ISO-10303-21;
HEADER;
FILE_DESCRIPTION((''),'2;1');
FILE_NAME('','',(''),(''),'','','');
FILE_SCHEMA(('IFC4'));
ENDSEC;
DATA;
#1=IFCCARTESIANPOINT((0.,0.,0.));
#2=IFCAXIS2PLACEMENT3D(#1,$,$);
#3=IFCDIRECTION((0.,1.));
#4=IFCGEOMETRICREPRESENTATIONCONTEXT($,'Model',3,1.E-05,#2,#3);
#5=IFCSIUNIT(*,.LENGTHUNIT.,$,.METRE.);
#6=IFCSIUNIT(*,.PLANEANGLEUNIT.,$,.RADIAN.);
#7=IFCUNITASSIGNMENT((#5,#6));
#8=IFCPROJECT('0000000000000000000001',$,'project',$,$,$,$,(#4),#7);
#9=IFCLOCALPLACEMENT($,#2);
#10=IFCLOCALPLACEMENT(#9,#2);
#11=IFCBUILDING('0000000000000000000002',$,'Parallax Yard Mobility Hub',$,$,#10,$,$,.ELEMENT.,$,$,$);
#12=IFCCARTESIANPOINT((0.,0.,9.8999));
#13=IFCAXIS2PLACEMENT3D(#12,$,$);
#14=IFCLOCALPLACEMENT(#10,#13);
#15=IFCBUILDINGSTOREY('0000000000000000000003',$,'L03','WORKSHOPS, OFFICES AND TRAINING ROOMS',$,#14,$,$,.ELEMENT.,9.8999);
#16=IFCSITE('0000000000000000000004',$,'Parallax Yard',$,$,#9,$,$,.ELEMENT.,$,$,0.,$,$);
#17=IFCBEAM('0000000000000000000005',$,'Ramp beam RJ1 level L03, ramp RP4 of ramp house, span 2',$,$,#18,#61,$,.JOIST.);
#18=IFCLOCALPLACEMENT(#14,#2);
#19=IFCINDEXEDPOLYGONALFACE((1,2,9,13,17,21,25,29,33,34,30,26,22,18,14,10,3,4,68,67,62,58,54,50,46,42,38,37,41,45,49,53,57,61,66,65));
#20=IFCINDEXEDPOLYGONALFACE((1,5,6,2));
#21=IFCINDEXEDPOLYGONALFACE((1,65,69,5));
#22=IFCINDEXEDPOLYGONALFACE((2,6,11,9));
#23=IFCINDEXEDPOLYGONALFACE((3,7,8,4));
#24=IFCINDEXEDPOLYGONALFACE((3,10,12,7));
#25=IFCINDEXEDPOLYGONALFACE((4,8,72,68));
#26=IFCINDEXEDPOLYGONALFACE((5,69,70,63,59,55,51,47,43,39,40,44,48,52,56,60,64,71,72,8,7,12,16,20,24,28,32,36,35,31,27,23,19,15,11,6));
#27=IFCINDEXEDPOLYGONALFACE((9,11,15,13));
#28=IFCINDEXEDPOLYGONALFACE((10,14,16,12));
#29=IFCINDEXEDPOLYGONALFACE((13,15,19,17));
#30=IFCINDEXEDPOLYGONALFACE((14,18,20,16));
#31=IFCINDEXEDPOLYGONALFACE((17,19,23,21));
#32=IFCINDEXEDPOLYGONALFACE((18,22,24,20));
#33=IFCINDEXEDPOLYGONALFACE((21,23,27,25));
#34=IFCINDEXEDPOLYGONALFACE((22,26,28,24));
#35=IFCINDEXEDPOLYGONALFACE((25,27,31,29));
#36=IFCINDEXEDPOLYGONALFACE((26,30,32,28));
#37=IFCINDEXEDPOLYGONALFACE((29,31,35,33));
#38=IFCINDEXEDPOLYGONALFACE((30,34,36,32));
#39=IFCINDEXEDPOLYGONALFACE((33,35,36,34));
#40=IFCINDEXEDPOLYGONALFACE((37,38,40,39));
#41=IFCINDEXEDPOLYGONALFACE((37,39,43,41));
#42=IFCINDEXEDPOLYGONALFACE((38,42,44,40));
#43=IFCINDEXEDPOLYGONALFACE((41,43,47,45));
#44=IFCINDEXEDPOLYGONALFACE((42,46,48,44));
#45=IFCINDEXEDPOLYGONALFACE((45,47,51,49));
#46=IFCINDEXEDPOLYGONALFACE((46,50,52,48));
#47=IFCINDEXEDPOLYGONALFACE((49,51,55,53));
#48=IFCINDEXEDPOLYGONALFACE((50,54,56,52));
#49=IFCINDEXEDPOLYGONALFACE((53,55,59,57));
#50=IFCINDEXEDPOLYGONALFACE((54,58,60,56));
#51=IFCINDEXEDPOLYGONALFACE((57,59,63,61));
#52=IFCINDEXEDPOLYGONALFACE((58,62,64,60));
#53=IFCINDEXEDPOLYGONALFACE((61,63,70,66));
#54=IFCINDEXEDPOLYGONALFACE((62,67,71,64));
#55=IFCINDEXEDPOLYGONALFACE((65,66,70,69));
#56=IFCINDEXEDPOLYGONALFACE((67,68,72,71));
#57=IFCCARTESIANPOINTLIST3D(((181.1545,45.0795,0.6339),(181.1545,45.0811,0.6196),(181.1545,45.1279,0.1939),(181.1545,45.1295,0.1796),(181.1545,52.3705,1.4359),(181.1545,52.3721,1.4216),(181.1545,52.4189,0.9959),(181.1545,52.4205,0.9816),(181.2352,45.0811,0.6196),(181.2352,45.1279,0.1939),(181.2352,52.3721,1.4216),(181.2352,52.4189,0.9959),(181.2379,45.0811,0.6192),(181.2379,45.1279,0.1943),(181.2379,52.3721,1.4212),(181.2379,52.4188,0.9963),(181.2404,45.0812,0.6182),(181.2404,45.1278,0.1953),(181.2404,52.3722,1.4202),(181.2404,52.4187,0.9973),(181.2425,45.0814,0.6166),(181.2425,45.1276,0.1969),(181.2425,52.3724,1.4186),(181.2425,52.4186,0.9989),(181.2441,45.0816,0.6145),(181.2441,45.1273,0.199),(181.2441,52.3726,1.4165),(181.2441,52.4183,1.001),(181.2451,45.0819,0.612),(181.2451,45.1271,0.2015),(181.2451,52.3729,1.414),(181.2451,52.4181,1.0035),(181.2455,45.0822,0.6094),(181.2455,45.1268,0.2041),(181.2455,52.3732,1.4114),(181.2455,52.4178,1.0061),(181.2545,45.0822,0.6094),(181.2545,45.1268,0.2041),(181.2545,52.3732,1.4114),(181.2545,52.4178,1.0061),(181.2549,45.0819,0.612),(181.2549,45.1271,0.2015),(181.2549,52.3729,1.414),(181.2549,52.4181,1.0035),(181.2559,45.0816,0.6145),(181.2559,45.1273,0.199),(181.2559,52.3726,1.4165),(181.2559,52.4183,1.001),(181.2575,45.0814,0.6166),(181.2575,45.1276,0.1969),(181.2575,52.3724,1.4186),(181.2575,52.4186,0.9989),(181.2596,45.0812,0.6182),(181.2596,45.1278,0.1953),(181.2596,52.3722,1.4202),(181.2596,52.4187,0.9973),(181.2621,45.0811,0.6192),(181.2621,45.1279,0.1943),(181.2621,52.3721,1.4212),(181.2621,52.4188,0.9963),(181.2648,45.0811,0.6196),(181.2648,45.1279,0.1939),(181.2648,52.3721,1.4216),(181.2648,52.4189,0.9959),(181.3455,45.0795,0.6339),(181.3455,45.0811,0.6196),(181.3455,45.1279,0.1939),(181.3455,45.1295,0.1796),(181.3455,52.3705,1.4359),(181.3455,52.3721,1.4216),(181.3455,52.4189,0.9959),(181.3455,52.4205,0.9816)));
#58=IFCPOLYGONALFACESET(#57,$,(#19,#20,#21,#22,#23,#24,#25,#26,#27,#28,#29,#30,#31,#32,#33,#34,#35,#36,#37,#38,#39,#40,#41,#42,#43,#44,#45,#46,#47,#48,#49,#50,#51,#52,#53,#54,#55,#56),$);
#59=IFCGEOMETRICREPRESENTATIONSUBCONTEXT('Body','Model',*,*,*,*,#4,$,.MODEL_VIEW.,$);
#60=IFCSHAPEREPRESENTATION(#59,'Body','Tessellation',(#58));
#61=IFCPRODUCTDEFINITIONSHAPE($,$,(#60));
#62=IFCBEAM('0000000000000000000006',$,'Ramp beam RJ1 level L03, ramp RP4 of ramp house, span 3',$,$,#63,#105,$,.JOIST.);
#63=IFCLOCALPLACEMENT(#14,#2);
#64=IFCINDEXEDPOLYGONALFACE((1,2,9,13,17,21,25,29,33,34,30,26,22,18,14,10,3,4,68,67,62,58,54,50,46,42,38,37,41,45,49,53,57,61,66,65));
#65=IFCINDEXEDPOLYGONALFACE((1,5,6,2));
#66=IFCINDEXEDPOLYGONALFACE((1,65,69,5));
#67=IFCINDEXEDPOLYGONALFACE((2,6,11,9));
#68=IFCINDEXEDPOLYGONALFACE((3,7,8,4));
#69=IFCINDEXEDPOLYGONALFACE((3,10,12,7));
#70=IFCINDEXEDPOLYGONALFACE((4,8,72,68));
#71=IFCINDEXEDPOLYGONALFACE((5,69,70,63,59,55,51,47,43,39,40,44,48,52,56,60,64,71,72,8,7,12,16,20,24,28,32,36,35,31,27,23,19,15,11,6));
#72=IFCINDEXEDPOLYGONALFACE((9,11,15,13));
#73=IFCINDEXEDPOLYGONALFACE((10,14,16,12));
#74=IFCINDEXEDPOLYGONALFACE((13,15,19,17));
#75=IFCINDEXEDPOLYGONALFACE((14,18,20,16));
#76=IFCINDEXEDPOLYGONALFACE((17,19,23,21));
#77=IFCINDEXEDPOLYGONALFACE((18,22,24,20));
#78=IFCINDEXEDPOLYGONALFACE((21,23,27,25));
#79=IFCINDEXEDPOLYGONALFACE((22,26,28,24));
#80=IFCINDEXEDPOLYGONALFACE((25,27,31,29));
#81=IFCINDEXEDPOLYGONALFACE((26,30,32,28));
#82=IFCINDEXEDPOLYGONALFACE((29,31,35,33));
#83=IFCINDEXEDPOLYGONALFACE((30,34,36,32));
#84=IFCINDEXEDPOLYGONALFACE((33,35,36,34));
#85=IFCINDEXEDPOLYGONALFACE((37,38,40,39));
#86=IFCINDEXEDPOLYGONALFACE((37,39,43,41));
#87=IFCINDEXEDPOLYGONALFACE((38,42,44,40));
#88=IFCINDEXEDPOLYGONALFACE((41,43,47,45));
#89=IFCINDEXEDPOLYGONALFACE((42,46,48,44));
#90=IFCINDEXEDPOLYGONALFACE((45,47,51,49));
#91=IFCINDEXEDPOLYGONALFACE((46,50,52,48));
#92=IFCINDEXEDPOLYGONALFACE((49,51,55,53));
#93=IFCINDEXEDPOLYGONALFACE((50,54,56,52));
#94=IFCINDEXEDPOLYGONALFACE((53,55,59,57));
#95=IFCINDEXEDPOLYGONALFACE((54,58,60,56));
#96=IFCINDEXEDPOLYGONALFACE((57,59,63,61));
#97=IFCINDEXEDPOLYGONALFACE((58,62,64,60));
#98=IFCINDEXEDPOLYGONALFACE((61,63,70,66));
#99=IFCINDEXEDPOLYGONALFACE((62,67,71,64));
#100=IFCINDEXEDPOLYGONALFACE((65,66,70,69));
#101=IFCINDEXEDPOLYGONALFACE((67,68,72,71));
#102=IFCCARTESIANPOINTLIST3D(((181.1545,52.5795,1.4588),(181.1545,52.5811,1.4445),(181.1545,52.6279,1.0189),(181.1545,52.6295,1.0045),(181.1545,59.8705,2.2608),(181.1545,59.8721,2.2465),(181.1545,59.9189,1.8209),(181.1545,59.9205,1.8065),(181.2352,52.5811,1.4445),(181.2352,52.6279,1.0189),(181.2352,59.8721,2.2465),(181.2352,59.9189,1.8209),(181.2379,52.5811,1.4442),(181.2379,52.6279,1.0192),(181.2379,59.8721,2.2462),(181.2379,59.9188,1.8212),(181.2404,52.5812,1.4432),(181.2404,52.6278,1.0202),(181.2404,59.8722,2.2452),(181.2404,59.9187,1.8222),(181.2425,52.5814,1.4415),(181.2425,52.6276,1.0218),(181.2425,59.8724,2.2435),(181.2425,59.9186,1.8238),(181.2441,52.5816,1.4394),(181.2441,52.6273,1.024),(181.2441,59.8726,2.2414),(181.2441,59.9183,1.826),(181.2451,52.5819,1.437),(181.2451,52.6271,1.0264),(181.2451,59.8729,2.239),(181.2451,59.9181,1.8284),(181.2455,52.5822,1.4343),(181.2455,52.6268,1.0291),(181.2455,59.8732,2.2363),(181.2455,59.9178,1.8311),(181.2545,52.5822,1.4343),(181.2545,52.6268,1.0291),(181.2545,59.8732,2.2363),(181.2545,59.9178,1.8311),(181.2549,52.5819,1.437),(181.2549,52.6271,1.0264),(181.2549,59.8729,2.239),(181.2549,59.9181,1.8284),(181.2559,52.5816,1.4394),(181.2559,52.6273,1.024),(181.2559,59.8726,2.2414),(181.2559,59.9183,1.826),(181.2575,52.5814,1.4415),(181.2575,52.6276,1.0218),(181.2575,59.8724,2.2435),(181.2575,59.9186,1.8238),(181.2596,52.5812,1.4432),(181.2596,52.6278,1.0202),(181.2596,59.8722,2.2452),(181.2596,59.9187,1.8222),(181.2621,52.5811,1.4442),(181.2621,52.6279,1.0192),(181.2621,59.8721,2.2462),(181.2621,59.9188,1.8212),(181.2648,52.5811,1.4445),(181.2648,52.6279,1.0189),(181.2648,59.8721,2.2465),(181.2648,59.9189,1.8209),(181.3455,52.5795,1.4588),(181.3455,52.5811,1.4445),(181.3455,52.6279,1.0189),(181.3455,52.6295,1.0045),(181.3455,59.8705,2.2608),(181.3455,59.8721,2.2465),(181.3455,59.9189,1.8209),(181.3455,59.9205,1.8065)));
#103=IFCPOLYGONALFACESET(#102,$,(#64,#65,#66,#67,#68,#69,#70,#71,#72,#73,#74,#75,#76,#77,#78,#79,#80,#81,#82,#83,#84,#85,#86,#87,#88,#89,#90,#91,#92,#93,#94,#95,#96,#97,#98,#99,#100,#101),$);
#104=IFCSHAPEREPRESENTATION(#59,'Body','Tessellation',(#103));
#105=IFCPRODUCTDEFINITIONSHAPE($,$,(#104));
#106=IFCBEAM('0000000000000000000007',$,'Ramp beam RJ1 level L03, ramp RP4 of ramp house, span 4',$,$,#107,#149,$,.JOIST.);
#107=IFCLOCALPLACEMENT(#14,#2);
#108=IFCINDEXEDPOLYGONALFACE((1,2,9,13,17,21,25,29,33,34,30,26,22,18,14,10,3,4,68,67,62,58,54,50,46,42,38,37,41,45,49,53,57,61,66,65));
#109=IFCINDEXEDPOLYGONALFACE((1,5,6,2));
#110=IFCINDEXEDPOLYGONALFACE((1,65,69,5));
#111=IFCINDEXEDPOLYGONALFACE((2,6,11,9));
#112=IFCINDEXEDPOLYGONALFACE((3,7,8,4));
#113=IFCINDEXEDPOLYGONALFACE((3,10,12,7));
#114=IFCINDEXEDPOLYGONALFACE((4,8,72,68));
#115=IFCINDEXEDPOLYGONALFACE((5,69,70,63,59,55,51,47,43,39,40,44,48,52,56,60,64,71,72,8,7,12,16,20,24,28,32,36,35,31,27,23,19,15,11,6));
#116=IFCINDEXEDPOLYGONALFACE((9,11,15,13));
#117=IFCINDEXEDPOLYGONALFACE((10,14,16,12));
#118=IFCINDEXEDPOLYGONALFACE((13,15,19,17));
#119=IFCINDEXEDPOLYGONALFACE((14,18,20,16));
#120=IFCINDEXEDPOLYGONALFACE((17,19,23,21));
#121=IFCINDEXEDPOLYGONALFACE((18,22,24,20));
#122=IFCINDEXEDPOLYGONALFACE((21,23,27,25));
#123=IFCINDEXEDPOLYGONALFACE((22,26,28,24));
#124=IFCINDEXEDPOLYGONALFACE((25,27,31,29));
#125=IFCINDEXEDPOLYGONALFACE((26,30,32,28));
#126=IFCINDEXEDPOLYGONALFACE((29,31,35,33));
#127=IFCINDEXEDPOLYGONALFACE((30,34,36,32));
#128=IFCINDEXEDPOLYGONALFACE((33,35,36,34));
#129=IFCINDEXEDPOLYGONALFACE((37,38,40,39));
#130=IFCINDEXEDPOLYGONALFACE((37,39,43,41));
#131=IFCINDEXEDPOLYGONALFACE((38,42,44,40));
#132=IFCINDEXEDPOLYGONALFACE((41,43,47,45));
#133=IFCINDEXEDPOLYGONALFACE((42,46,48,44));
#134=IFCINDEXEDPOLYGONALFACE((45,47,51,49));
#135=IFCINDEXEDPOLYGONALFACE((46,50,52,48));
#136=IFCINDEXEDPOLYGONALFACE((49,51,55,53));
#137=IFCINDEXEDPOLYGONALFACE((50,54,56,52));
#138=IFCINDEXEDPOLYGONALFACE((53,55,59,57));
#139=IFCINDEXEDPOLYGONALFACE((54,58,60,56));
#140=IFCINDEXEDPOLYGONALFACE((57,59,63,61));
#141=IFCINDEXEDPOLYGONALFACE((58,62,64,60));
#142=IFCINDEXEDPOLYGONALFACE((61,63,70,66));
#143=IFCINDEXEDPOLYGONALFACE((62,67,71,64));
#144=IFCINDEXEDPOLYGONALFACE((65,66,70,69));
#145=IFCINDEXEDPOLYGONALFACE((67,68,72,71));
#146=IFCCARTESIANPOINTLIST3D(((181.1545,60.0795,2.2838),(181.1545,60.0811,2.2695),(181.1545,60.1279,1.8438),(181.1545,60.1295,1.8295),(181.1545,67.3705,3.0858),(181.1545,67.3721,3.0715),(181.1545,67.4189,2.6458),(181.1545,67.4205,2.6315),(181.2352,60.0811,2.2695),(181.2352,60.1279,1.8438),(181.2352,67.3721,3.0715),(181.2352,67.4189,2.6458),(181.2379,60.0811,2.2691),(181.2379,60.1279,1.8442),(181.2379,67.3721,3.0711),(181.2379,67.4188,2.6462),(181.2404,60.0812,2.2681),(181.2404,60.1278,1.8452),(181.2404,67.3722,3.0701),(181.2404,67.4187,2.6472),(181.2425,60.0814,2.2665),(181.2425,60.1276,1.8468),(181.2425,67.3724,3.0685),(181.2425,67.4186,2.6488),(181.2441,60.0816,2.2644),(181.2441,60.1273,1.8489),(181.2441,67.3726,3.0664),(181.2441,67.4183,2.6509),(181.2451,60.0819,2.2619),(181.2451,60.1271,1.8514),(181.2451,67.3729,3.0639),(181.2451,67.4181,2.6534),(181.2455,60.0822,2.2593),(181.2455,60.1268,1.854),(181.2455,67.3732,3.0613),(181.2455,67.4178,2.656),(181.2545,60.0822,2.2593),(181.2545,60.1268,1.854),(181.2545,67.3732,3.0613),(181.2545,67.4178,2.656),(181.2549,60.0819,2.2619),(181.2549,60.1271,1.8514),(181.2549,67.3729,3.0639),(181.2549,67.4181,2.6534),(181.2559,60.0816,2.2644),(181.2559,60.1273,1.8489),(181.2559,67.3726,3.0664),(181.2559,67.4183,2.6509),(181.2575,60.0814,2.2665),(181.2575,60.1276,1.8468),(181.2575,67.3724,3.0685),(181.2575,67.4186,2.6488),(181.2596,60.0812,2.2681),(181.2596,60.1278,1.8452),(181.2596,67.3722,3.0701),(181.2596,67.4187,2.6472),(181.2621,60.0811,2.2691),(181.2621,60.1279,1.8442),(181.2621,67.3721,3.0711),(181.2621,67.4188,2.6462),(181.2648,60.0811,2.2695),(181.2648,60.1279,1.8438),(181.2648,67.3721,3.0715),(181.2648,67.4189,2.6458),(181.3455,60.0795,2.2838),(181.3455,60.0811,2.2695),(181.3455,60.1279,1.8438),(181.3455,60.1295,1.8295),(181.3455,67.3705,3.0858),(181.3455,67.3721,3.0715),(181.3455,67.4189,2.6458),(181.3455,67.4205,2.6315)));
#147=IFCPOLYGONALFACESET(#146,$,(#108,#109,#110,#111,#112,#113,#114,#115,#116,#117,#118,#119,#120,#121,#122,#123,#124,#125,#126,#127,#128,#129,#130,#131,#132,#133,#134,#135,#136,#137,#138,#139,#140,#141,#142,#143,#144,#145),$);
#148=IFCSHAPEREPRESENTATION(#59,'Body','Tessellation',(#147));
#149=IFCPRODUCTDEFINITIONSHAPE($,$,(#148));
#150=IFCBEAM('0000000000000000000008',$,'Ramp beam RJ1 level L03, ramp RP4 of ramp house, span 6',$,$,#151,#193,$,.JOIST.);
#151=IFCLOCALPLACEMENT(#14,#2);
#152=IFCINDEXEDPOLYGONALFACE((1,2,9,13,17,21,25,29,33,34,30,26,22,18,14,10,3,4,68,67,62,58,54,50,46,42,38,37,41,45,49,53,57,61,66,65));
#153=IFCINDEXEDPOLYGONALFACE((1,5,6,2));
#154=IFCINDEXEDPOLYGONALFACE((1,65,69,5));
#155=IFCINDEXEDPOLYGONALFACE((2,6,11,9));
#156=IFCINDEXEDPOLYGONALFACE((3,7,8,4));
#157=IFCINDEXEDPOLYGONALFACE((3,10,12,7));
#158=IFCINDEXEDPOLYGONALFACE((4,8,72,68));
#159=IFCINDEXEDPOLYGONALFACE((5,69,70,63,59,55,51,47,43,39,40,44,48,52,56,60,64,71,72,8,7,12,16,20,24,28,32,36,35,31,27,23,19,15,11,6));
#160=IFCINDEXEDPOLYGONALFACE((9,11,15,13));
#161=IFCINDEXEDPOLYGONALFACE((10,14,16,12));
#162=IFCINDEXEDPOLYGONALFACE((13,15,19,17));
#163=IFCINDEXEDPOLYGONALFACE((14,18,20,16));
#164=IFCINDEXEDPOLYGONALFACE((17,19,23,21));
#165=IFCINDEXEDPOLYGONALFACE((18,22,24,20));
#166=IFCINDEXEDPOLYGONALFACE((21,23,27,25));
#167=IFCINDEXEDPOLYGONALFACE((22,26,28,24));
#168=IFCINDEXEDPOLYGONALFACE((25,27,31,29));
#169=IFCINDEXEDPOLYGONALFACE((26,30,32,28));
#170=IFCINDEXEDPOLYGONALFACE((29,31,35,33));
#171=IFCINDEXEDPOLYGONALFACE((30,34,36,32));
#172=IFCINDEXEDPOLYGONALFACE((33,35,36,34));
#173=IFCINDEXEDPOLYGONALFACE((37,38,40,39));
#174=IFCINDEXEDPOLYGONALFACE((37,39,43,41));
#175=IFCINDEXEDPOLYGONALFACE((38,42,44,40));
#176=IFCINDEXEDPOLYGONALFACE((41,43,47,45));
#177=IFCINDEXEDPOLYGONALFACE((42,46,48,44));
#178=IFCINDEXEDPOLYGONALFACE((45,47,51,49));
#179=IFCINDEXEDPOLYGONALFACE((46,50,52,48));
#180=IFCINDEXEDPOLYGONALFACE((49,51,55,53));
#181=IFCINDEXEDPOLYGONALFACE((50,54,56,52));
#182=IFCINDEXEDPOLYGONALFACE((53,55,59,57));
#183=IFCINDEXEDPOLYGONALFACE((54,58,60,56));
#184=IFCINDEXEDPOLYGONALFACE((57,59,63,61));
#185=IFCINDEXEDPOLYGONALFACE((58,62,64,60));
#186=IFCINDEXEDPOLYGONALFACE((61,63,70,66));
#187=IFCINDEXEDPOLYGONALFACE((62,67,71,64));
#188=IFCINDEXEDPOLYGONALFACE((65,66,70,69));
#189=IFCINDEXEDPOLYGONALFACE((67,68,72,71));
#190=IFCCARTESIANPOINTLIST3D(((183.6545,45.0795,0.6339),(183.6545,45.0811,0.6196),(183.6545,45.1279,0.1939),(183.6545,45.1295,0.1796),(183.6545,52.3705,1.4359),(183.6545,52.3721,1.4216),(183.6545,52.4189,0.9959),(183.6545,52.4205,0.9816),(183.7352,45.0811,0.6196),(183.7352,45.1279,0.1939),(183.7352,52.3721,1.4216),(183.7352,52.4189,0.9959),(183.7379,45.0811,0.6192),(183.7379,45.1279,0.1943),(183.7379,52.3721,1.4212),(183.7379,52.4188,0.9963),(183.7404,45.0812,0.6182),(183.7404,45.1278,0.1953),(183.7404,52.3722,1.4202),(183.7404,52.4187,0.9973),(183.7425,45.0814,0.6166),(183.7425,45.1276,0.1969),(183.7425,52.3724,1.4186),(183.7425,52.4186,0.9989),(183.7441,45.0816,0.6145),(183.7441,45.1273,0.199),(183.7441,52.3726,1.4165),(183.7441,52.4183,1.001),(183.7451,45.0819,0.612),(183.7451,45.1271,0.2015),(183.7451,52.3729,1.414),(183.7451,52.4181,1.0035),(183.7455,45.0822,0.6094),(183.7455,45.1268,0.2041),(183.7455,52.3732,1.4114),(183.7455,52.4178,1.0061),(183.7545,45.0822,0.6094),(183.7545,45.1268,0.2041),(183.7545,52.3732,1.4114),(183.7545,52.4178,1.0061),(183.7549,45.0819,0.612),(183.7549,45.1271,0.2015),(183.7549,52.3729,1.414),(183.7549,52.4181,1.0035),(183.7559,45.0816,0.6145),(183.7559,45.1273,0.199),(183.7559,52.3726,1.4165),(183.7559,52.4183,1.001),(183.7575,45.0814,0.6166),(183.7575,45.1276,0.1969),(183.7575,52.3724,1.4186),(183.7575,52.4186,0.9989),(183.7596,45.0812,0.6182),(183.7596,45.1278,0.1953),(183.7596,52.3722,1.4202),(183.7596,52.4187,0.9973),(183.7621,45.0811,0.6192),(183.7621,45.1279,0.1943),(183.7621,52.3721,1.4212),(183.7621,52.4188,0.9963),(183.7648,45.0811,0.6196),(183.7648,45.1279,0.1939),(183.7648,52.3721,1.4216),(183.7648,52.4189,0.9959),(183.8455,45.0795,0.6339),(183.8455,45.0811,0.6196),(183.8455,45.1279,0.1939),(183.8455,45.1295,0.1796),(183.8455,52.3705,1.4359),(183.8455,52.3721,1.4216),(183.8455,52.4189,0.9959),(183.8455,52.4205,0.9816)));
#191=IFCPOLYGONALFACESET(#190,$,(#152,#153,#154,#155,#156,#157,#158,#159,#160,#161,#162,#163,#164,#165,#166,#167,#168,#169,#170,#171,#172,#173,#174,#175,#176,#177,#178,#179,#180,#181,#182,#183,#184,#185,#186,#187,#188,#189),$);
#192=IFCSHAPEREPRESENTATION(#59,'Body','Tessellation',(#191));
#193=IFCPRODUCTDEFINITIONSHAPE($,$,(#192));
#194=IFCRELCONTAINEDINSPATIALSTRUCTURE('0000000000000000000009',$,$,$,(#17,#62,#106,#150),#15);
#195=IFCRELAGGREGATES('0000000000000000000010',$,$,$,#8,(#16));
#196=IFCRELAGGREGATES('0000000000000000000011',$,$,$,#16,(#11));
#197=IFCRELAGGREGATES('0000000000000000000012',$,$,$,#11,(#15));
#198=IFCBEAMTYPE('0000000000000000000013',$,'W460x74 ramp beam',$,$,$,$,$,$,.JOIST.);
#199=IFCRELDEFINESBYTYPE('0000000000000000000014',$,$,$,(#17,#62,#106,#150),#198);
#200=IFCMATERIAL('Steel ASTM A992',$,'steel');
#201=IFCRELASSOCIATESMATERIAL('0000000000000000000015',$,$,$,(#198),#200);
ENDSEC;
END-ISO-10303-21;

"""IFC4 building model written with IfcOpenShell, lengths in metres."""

from ifc_helpers import new_model, si_unit, direction, frame, origin, origin_2d, place, context, subcontext, project, spatial, i_section, extrude, material, material_profile, profile_set, type_object, element, save


model = new_model("IFC4")

# Units and contexts
model_context = context("Model", 3, precision=1e-05, world=origin(), true_north=direction((0.0, 1.0)))
body_context = subcontext(model_context, "Body", "Model", "MODEL_VIEW")
ifc_project = project(units=[si_unit("LENGTHUNIT", "METRE"), si_unit("PLANEANGLEUNIT", "RADIAN")], contexts=[model_context])

# Site, building, storey
site_placement = place(None, origin())
site = spatial("IfcSite", under=ifc_project, at=site_placement, Name="Parallax Yard", CompositionType="ELEMENT", RefElevation=0.0)
building_placement = place(site_placement, origin())
building = spatial("IfcBuilding", under=site, at=building_placement, Name="Parallax Yard Mobility Hub", CompositionType="ELEMENT")
storey_placement = place(building_placement, frame((0.0, 0.0, 9.8999)))
storey = spatial("IfcBuildingStorey", under=building, at=storey_placement, Name="L03", Description="WORKSHOPS, OFFICES AND TRAINING ROOMS", CompositionType="ELEMENT", Elevation=9.8999)

# Shared definitions
ifc_material_1 = material(Name="Steel ASTM A992", Category="steel")

# Beams
ifc_material_profile_1 = material_profile(ifc_material_1, i_section(OverallWidth=0.1909, OverallDepth=0.457, WebThickness=0.009, FlangeThickness=0.0144, FilletRadius=0.0103, at=origin_2d()), Name="W460x74")
ifc_profile_set_1 = profile_set([ifc_material_profile_1], Name="Steel ASTM A992")
beam_type_1 = type_object("IfcBeamType", Name="W460x74 ramp beam", PredefinedType="JOIST", material=ifc_profile_set_1)
for number, where, z_axis, x_axis, name in (
    (1, (181.25, 45.1045, 0.4067), (0.0, 0.994005, 0.109339), (-1.0, 0.0, 0.0), "Ramp beam RJ1 level L03, ramp RP4 of ramp house, span 2"),
    (2, (181.25, 52.6045, 1.2317), (0.0, 0.994005, 0.109339), (-1.0, 0.0, 0.0), "Ramp beam RJ1 level L03, ramp RP4 of ramp house, span 3"),
    (3, (181.25, 60.1045, 2.0566), (0.0, 0.994005, 0.109339), (-1.0, 0.0, 0.0), "Ramp beam RJ1 level L03, ramp RP4 of ramp house, span 4"),
    (4, (183.75, 45.1045, 0.4067), (0.0, 0.994005, 0.109339), (-1.0, 0.0, 0.0), "Ramp beam RJ1 level L03, ramp RP4 of ramp house, span 6"),
):
    element("IfcBeam", number, at=place(storey_placement, frame(where, z_axis=z_axis, x_axis=x_axis)), inside=storey, type_object=beam_type_1, Name=name, PredefinedType="JOIST", context=body_context, shape_type="SweptSolid", body=[
        extrude(i_section(OverallWidth=0.1909, OverallDepth=0.457, WebThickness=0.009, FlangeThickness=0.0144, FilletRadius=0.0103, at=origin_2d()), origin(), (0.0, 0.0, 1.0), 7.335),
    ])

save(model, "model.ifc")
